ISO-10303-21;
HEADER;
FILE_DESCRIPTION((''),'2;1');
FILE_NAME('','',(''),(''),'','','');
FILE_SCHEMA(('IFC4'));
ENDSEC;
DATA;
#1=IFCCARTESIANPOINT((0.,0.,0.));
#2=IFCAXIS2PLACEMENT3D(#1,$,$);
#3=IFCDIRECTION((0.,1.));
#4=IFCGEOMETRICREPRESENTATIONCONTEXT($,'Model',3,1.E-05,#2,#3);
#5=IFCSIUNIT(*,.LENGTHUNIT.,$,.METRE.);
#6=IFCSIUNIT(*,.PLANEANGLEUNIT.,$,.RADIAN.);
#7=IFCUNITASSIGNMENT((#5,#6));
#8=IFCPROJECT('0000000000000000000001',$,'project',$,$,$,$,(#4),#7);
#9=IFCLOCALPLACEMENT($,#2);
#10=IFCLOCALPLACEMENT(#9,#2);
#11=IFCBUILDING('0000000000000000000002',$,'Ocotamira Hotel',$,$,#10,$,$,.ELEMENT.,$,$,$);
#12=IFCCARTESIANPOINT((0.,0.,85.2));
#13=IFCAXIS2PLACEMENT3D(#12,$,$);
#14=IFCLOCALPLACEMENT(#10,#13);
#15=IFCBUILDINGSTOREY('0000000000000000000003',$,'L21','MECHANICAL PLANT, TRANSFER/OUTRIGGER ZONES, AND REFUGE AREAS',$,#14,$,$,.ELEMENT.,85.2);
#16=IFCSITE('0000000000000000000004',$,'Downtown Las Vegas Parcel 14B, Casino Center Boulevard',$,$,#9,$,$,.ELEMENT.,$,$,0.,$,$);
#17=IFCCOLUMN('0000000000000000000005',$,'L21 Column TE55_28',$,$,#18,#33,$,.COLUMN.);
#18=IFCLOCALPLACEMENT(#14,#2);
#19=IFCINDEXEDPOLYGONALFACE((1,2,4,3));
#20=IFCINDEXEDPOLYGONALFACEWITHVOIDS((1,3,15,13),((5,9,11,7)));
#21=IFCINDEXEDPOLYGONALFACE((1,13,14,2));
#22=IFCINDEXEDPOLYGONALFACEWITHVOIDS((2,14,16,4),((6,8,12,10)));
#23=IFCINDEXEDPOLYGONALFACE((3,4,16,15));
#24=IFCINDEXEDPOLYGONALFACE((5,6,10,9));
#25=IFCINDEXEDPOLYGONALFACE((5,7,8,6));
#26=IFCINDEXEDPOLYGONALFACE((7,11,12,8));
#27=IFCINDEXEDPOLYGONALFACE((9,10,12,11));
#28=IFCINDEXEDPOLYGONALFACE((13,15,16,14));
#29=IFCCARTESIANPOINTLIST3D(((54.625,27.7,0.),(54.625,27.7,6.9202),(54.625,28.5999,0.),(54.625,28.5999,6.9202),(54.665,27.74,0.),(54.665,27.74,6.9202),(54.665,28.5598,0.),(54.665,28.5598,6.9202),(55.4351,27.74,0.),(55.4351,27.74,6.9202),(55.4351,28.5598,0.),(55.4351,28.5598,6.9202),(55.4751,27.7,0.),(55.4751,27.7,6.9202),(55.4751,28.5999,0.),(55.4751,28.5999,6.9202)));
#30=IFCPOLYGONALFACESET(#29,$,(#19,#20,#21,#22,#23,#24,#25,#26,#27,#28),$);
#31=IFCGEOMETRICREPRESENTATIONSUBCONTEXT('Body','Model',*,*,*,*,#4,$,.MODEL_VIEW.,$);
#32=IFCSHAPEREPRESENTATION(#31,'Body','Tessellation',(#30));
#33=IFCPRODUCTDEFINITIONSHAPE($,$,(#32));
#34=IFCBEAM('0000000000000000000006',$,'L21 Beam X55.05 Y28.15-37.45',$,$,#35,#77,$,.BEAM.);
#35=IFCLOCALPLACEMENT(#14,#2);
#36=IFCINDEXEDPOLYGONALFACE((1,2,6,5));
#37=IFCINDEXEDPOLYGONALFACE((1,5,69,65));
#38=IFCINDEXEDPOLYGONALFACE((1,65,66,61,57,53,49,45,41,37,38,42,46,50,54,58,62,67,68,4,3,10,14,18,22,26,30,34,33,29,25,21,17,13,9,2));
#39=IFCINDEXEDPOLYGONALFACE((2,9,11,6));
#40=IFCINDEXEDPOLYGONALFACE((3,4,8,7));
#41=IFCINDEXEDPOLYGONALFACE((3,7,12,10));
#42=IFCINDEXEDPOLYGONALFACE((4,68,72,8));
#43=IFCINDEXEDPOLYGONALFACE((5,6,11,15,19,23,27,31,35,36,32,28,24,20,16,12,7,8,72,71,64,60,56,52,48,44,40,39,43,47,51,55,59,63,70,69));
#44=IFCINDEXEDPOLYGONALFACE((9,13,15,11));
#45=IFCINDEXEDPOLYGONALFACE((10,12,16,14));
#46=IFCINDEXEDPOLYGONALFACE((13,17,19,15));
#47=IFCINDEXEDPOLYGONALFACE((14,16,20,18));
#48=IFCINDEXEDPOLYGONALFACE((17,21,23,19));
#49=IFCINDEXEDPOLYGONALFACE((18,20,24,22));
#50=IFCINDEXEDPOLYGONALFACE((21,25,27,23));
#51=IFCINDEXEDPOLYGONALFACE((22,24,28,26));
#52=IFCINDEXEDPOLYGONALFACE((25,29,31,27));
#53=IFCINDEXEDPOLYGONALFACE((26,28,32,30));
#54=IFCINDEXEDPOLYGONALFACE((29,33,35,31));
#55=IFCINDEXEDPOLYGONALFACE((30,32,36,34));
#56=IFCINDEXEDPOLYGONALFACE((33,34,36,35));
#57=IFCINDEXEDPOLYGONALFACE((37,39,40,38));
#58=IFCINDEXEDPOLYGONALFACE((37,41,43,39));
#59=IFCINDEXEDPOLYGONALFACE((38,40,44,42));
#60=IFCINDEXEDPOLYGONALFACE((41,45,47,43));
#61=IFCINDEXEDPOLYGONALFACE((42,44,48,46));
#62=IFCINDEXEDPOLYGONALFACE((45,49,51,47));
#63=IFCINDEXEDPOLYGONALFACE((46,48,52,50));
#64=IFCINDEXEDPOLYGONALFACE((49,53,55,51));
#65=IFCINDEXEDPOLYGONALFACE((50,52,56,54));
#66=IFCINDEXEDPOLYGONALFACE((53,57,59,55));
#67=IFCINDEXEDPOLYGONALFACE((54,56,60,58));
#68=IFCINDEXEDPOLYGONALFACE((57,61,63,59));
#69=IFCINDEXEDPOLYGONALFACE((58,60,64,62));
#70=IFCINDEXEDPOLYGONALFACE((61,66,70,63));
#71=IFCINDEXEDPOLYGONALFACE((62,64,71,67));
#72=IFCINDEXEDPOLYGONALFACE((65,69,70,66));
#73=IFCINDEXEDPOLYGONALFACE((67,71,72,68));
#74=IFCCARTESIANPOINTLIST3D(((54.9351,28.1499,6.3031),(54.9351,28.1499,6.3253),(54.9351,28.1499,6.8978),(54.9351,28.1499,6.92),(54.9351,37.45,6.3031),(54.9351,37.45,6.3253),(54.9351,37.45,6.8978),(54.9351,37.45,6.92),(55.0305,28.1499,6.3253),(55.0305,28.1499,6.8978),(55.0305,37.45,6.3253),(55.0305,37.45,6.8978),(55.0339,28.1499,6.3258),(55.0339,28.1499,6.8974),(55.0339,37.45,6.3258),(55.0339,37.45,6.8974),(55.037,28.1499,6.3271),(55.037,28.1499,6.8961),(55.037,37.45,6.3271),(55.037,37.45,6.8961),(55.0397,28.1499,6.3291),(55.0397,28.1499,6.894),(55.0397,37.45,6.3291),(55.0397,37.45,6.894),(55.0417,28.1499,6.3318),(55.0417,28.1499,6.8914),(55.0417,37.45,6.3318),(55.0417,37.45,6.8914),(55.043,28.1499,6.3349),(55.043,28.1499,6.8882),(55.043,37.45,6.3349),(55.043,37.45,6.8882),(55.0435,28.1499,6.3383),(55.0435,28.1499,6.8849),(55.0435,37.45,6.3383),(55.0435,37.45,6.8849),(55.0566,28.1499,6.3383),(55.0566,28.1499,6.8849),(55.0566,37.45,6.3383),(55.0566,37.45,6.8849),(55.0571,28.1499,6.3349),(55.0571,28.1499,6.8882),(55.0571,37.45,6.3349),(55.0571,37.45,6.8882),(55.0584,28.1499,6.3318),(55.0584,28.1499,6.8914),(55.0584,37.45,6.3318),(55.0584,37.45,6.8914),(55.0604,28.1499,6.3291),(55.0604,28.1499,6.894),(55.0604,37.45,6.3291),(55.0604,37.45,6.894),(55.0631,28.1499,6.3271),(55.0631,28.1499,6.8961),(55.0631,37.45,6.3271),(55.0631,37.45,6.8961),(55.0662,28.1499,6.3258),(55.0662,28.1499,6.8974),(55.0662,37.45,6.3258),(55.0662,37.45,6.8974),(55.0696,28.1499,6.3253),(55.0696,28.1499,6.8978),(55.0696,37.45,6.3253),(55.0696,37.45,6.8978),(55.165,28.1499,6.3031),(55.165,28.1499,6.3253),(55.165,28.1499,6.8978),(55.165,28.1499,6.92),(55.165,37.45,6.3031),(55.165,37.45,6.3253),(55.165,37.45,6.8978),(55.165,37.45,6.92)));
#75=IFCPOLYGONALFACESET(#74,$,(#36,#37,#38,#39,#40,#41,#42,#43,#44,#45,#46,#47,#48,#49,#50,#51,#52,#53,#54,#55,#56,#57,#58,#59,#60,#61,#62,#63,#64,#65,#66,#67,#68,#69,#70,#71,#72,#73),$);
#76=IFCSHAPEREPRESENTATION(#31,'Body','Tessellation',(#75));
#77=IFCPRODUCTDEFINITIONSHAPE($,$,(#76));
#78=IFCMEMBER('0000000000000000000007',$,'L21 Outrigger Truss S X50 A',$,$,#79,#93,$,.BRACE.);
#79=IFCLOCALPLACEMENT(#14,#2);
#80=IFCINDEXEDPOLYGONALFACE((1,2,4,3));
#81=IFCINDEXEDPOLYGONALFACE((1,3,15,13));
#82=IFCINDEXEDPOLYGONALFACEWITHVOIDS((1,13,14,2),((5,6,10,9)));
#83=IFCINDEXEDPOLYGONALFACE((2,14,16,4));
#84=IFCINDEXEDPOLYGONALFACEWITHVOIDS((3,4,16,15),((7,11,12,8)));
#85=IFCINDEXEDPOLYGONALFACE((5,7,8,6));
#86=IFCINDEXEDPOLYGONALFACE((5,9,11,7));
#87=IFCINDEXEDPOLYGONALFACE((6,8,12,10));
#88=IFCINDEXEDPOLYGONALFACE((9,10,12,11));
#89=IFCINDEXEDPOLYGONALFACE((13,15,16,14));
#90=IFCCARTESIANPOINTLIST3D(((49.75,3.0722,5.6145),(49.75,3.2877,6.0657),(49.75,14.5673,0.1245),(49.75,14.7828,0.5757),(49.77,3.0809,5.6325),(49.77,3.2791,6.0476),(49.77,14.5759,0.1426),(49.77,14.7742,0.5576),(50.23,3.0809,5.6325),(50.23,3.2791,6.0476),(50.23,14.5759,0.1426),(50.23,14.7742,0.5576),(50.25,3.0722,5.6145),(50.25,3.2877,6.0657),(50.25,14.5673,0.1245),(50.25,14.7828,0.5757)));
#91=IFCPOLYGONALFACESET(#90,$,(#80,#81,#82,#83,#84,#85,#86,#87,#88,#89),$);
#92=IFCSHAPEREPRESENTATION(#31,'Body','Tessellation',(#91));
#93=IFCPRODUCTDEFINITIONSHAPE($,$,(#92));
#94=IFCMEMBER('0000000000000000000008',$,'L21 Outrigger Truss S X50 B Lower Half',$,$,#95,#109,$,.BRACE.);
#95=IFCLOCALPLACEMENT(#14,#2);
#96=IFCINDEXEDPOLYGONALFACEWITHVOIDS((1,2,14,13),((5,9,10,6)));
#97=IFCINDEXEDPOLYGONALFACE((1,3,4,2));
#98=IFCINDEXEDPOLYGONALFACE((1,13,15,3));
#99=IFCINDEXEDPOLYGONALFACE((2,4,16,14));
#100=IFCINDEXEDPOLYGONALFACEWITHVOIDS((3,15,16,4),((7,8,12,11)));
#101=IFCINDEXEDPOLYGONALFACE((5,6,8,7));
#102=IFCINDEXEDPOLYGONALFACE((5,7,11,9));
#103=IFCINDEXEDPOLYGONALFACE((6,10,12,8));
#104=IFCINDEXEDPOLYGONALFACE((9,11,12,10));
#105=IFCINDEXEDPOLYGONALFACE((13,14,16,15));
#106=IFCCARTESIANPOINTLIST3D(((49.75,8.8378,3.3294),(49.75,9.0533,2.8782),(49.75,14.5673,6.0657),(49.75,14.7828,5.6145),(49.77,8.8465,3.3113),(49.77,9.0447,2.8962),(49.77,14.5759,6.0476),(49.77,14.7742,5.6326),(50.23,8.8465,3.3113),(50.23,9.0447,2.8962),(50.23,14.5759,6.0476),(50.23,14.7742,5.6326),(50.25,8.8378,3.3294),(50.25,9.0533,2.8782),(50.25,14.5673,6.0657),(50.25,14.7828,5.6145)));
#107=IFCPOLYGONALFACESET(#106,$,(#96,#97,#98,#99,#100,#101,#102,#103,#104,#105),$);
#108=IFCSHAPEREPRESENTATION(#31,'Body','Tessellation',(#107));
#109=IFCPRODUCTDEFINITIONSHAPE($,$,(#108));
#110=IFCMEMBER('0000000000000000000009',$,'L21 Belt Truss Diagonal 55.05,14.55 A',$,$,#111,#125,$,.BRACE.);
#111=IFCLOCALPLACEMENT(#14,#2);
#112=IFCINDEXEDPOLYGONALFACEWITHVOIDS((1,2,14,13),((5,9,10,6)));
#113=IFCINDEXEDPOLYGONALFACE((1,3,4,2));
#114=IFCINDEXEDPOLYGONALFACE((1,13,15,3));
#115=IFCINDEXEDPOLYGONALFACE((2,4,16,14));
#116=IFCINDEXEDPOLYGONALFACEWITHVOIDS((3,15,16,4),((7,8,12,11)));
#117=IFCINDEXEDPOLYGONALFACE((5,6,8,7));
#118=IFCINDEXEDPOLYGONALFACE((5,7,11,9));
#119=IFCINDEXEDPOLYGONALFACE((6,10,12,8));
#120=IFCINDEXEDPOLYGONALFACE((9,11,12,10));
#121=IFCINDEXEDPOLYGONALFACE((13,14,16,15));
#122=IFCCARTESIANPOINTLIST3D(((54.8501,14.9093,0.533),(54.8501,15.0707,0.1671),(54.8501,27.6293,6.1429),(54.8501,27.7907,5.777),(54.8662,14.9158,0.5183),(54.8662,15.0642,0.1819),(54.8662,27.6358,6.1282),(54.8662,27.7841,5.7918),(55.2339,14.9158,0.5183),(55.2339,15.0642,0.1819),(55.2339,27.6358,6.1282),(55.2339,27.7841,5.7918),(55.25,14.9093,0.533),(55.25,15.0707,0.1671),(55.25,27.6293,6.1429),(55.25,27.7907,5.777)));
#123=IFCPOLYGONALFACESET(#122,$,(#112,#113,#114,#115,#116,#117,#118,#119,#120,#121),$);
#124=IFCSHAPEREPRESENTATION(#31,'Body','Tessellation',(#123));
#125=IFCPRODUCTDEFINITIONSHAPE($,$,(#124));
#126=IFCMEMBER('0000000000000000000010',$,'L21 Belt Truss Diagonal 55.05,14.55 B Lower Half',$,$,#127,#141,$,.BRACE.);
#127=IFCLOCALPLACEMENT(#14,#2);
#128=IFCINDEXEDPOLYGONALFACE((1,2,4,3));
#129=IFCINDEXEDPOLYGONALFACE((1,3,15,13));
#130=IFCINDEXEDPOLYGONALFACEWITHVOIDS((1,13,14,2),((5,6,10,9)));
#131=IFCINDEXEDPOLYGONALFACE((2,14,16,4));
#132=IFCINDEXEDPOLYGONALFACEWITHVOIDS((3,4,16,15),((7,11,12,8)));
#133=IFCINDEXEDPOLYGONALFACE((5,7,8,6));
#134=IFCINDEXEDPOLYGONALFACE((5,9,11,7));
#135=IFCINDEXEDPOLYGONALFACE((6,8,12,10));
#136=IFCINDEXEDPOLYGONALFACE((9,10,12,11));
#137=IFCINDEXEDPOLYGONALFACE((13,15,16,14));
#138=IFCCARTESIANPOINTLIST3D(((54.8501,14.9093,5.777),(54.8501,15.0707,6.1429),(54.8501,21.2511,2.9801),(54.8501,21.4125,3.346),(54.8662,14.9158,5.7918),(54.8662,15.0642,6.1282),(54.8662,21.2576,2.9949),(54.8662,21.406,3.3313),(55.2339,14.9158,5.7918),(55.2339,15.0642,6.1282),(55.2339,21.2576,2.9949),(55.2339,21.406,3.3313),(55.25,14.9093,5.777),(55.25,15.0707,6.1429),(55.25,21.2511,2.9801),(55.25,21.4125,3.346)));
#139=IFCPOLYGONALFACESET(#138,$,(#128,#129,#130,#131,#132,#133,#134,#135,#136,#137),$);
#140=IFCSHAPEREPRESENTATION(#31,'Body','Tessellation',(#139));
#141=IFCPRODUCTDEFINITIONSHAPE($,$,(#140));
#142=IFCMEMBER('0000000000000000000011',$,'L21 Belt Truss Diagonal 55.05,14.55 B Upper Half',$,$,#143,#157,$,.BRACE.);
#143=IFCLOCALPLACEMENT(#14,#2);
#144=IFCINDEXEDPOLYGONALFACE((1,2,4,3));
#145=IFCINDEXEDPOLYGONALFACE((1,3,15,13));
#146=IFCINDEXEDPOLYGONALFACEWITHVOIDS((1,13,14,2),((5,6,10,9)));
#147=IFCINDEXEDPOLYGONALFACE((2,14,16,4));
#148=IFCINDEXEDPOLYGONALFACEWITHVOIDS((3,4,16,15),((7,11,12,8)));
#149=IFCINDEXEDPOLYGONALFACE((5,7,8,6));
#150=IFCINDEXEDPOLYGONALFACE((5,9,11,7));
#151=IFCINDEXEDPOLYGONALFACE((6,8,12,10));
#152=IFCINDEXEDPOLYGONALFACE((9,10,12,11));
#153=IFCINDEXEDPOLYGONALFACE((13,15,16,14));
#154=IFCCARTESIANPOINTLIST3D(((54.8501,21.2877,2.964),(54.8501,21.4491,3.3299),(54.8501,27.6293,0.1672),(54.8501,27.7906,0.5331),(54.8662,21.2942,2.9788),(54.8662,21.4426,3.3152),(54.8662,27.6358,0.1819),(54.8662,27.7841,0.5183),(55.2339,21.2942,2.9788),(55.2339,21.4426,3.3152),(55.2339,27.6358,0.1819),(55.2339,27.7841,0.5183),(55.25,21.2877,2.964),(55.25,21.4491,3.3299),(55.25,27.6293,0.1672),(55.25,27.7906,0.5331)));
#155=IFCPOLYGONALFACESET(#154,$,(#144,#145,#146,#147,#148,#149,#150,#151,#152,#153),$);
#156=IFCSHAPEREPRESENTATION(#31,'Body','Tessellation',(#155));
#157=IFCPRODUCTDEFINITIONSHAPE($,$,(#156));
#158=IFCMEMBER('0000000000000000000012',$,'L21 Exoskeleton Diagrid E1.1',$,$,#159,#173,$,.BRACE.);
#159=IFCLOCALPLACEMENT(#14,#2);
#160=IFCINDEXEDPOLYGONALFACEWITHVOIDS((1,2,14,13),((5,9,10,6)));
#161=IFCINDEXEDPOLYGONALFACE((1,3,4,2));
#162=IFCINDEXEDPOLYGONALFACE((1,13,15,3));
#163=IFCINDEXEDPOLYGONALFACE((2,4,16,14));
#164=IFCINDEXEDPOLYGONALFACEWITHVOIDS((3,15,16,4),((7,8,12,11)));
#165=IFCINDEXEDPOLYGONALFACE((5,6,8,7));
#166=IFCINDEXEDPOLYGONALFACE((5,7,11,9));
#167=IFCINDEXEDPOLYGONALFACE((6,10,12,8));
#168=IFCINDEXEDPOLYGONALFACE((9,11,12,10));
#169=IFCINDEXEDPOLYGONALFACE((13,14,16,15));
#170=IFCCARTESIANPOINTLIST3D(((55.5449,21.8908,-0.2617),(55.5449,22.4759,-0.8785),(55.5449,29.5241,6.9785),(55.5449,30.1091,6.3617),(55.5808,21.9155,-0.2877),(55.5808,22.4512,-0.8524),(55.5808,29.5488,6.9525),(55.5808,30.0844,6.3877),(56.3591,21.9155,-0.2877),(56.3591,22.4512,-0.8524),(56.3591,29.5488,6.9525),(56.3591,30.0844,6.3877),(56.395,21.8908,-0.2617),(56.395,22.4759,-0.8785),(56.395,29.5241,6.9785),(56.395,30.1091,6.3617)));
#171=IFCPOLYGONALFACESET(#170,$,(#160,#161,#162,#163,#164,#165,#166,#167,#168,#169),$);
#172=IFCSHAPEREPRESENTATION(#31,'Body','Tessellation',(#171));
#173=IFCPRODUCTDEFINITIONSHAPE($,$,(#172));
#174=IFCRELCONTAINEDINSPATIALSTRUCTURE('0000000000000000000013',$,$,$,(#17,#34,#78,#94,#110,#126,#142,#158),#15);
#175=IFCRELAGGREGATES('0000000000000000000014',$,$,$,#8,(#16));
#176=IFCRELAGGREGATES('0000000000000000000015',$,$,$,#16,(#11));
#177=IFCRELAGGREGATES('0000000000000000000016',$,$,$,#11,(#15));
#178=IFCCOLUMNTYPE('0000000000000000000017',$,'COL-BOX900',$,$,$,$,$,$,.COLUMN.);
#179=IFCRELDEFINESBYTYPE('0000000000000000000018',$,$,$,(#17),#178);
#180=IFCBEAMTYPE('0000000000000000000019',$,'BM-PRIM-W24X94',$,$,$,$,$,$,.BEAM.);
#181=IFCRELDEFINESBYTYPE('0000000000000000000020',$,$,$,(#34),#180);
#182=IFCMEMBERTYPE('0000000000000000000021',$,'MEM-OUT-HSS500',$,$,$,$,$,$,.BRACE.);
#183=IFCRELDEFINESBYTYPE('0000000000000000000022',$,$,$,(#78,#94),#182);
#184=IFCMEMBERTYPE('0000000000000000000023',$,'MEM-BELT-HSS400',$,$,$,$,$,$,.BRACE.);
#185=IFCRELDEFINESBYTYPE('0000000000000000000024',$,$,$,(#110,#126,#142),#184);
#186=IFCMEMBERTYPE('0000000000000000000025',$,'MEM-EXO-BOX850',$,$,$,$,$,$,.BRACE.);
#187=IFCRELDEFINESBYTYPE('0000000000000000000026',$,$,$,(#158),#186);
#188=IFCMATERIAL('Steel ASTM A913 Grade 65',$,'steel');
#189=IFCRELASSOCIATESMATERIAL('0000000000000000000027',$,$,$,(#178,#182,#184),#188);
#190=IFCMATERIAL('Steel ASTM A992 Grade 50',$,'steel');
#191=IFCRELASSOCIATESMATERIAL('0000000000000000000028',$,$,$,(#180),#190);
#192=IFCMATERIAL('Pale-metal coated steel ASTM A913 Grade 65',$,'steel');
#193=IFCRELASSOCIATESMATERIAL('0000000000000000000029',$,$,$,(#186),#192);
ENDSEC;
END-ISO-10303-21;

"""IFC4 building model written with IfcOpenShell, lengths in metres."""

from ifc_helpers import new_model, si_unit, direction, frame, origin, origin_2d, place, context, subcontext, project, spatial, hollow_rectangle, i_section, extrude, source, transform, mapped, material, material_profile, profile_set, type_object, element, save


model = new_model("IFC4")

# Units and contexts
model_context = context("Model", 3, precision=1e-05, world=origin(), true_north=direction((0.0, 1.0)))
body_context = subcontext(model_context, "Body", "Model", "MODEL_VIEW")
ifc_project = project(units=[si_unit("LENGTHUNIT", "METRE"), si_unit("PLANEANGLEUNIT", "RADIAN")], contexts=[model_context])

# Site, building, storey
site_placement = place(None, origin())
site = spatial("IfcSite", under=ifc_project, at=site_placement, Name="Downtown Las Vegas Parcel 14B, Casino Center Boulevard", CompositionType="ELEMENT", RefElevation=0.0)
building_placement = place(site_placement, origin())
building = spatial("IfcBuilding", under=site, at=building_placement, Name="Ocotamira Hotel", CompositionType="ELEMENT")
storey_placement = place(building_placement, frame((0.0, 0.0, 85.2)))
storey = spatial("IfcBuildingStorey", under=building, at=storey_placement, Name="L21", Description="MECHANICAL PLANT, TRANSFER/OUTRIGGER ZONES, AND REFUGE AREAS", CompositionType="ELEMENT", Elevation=85.2)

# Column
ifc_material_1 = material(Name="Steel ASTM A913 Grade 65", Category="steel")
ifc_material_profile_1 = material_profile(ifc_material_1, hollow_rectangle(XDim=0.8501, YDim=0.8999, WallThickness=0.04, at=origin_2d()), Name="BOX900X850X40")
ifc_profile_set_1 = profile_set([ifc_material_profile_1], Name="Steel ASTM A913 Grade 65")
column_type = type_object("IfcColumnType", Name="COL-BOX900", PredefinedType="COLUMN", material=ifc_profile_set_1)
shared_shape_1 = source(origin(), body_context, "Body", "SweptSolid", [
    extrude(hollow_rectangle(XDim=0.8501, YDim=0.8999, WallThickness=0.04, at=origin_2d()), origin(), (0.0, 0.0, 1.0), 6.9202),
])
column_placement = place(storey_placement, frame((55.05, 28.1499, 0.0), z_axis=(0.0, 0.0, 1.0), x_axis=(1.0, 0.0, 0.0)))
element("IfcColumn", 1, at=column_placement, inside=storey, type_object=column_type, Name="L21 Column TE55_28", PredefinedType="COLUMN", context=body_context, shape_type="MappedRepresentation", body=[
    mapped(shared_shape_1, transform((0.0, 0.0, 0.0), scale=1.0)),
])

# Beam
ifc_material_2 = material(Name="Steel ASTM A992 Grade 50", Category="steel")
ifc_material_profile_2 = material_profile(ifc_material_2, i_section(OverallWidth=0.23, OverallDepth=0.6169, WebThickness=0.0132, FlangeThickness=0.0222, FilletRadius=0.0129, at=origin_2d()), Name="W24X94")
ifc_profile_set_2 = profile_set([ifc_material_profile_2], Name="Steel ASTM A992 Grade 50")
beam_type = type_object("IfcBeamType", Name="BM-PRIM-W24X94", PredefinedType="BEAM", material=ifc_profile_set_2)
shared_shape_2 = source(origin(), body_context, "Body", "SweptSolid", [
    extrude(i_section(OverallWidth=0.23, OverallDepth=0.6169, WebThickness=0.0132, FlangeThickness=0.0222, FilletRadius=0.0129, at=origin_2d()), origin(), (0.0, 0.0, 1.0), 9.3),
])
beam_placement = place(storey_placement, frame((55.05, 28.1499, 6.6116), z_axis=(0.0, 1.0, 0.0), x_axis=(-1.0, 0.0, 0.0)))
element("IfcBeam", 2, at=beam_placement, inside=storey, type_object=beam_type, Name="L21 Beam X55.05 Y28.15-37.45", PredefinedType="BEAM", context=body_context, shape_type="MappedRepresentation", body=[
    mapped(shared_shape_2, transform((0.0, 0.0, 0.0), scale=1.0)),
])

# Members
ifc_material_profile_3 = material_profile(ifc_material_1, hollow_rectangle(XDim=0.5, YDim=0.5, WallThickness=0.02, at=origin_2d()), Name="HSS500X500X20")
ifc_profile_set_3 = profile_set([ifc_material_profile_3], Name="Steel ASTM A913 Grade 65")
member_type_1 = type_object("IfcMemberType", Name="MEM-OUT-HSS500", PredefinedType="BRACE", material=ifc_profile_set_3)
shared_shape_3 = source(origin(), body_context, "Body", "SweptSolid", [
    extrude(hollow_rectangle(XDim=0.5, YDim=0.5, WallThickness=0.02, at=origin_2d()), origin(), (0.0, 0.0, 1.0), 12.7388),
])
member_1_placement = place(storey_placement, frame((50.0, 14.675, 0.3501), z_axis=(0.0, -0.902369, 0.430965), x_axis=(1.0, 0.0, 0.0)))
element("IfcMember", 3, at=member_1_placement, inside=storey, type_object=member_type_1, Name="L21 Outrigger Truss S X50 A", PredefinedType="BRACE", context=body_context, shape_type="MappedRepresentation", body=[
    mapped(shared_shape_3, transform((0.0, 0.0, 0.0), scale=1.0)),
])
shared_shape_4 = source(origin(), body_context, "Body", "SweptSolid", [
    extrude(hollow_rectangle(XDim=0.5, YDim=0.5, WallThickness=0.02, at=origin_2d()), origin(), (0.0, 0.0, 1.0), 6.3494),
])
member_2_placement = place(storey_placement, frame((50.0, 14.675, 5.8401), z_axis=(0.0, -0.902371, -0.43096), x_axis=(1.0, 0.0, 0.0)))
element("IfcMember", 4, at=member_2_placement, inside=storey, type_object=member_type_1, Name="L21 Outrigger Truss S X50 B Lower Half", PredefinedType="BRACE", context=body_context, shape_type="MappedRepresentation", body=[
    mapped(shared_shape_4, transform((0.0, 0.0, 0.0), scale=1.0)),
])
ifc_material_profile_4 = material_profile(ifc_material_1, hollow_rectangle(XDim=0.3999, YDim=0.3999, WallThickness=0.0161, at=origin_2d()), Name="HSS400X400X16")
ifc_profile_set_4 = profile_set([ifc_material_profile_4], Name="Steel ASTM A913 Grade 65")
member_type_2 = type_object("IfcMemberType", Name="MEM-BELT-HSS400", PredefinedType="BRACE", material=ifc_profile_set_4)
shared_shape_5 = source(origin(), body_context, "Body", "SweptSolid", [
    extrude(hollow_rectangle(XDim=0.3999, YDim=0.3999, WallThickness=0.0161, at=origin_2d()), origin(), (0.0, 0.0, 1.0), 13.9021),
])
member_3_placement = place(storey_placement, frame((55.05, 14.99, 0.3501), z_axis=(0.0, 0.914968, 0.403526), x_axis=(-1.0, 0.0, 0.0)))
element("IfcMember", 5, at=member_3_placement, inside=storey, type_object=member_type_2, Name="L21 Belt Truss Diagonal 55.05,14.55 A", PredefinedType="BRACE", context=body_context, shape_type="MappedRepresentation", body=[
    mapped(shared_shape_5, transform((0.0, 0.0, 0.0), scale=1.0)),
])
shared_shape_6 = source(origin(), body_context, "Body", "SweptSolid", [
    extrude(hollow_rectangle(XDim=0.3999, YDim=0.3999, WallThickness=0.0161, at=origin_2d()), origin(), (0.0, 0.0, 1.0), 6.9312),
])
member_4_placement = place(storey_placement, frame((55.05, 14.99, 5.96), z_axis=(0.0, 0.91497, -0.403522), x_axis=(-1.0, 0.0, 0.0)))
element("IfcMember", 6, at=member_4_placement, inside=storey, type_object=member_type_2, Name="L21 Belt Truss Diagonal 55.05,14.55 B Lower Half", PredefinedType="BRACE", context=body_context, shape_type="MappedRepresentation", body=[
    mapped(shared_shape_6, transform((0.0, 0.0, 0.0), scale=1.0)),
])
shared_shape_7 = source(origin(), body_context, "Body", "SweptSolid", [
    extrude(hollow_rectangle(XDim=0.3999, YDim=0.3999, WallThickness=0.0161, at=origin_2d()), origin(), (0.0, 0.0, 1.0), 6.9309),
])
member_5_placement = place(storey_placement, frame((55.05, 21.3684, 3.147), z_axis=(0.0, 0.914964, -0.403535), x_axis=(-1.0, 0.0, 0.0)))
element("IfcMember", 7, at=member_5_placement, inside=storey, type_object=member_type_2, Name="L21 Belt Truss Diagonal 55.05,14.55 B Upper Half", PredefinedType="BRACE", context=body_context, shape_type="MappedRepresentation", body=[
    mapped(shared_shape_7, transform((0.0, 0.0, 0.0), scale=1.0)),
])
ifc_material_3 = material(Name="Pale-metal coated steel ASTM A913 Grade 65", Category="steel")
ifc_material_profile_5 = material_profile(ifc_material_3, hollow_rectangle(XDim=0.8501, YDim=0.8501, WallThickness=0.0359, at=origin_2d()), Name="BOX850X850X36")
ifc_profile_set_5 = profile_set([ifc_material_profile_5], Name="Pale-metal coated steel ASTM A913 Grade 65")
member_type_3 = type_object("IfcMemberType", Name="MEM-EXO-BOX850", PredefinedType="BRACE", material=ifc_profile_set_5)
shared_shape_8 = source(origin(), body_context, "Body", "SweptSolid", [
    extrude(hollow_rectangle(XDim=0.8501, YDim=0.8501, WallThickness=0.0359, at=origin_2d()), origin(), (0.0, 0.0, 1.0), 10.5208),
])
member_6_placement = place(storey_placement, frame((55.97, 22.1833, -0.5701), z_axis=(0.0, 0.72554, 0.68818), x_axis=(-1.0, 0.0, 0.0)))
element("IfcMember", 8, at=member_6_placement, inside=storey, type_object=member_type_3, Name="L21 Exoskeleton Diagrid E1.1", PredefinedType="BRACE", context=body_context, shape_type="MappedRepresentation", body=[
    mapped(shared_shape_8, transform((0.0, 0.0, 0.0), scale=1.0)),
])

save(model, "model.ifc")
